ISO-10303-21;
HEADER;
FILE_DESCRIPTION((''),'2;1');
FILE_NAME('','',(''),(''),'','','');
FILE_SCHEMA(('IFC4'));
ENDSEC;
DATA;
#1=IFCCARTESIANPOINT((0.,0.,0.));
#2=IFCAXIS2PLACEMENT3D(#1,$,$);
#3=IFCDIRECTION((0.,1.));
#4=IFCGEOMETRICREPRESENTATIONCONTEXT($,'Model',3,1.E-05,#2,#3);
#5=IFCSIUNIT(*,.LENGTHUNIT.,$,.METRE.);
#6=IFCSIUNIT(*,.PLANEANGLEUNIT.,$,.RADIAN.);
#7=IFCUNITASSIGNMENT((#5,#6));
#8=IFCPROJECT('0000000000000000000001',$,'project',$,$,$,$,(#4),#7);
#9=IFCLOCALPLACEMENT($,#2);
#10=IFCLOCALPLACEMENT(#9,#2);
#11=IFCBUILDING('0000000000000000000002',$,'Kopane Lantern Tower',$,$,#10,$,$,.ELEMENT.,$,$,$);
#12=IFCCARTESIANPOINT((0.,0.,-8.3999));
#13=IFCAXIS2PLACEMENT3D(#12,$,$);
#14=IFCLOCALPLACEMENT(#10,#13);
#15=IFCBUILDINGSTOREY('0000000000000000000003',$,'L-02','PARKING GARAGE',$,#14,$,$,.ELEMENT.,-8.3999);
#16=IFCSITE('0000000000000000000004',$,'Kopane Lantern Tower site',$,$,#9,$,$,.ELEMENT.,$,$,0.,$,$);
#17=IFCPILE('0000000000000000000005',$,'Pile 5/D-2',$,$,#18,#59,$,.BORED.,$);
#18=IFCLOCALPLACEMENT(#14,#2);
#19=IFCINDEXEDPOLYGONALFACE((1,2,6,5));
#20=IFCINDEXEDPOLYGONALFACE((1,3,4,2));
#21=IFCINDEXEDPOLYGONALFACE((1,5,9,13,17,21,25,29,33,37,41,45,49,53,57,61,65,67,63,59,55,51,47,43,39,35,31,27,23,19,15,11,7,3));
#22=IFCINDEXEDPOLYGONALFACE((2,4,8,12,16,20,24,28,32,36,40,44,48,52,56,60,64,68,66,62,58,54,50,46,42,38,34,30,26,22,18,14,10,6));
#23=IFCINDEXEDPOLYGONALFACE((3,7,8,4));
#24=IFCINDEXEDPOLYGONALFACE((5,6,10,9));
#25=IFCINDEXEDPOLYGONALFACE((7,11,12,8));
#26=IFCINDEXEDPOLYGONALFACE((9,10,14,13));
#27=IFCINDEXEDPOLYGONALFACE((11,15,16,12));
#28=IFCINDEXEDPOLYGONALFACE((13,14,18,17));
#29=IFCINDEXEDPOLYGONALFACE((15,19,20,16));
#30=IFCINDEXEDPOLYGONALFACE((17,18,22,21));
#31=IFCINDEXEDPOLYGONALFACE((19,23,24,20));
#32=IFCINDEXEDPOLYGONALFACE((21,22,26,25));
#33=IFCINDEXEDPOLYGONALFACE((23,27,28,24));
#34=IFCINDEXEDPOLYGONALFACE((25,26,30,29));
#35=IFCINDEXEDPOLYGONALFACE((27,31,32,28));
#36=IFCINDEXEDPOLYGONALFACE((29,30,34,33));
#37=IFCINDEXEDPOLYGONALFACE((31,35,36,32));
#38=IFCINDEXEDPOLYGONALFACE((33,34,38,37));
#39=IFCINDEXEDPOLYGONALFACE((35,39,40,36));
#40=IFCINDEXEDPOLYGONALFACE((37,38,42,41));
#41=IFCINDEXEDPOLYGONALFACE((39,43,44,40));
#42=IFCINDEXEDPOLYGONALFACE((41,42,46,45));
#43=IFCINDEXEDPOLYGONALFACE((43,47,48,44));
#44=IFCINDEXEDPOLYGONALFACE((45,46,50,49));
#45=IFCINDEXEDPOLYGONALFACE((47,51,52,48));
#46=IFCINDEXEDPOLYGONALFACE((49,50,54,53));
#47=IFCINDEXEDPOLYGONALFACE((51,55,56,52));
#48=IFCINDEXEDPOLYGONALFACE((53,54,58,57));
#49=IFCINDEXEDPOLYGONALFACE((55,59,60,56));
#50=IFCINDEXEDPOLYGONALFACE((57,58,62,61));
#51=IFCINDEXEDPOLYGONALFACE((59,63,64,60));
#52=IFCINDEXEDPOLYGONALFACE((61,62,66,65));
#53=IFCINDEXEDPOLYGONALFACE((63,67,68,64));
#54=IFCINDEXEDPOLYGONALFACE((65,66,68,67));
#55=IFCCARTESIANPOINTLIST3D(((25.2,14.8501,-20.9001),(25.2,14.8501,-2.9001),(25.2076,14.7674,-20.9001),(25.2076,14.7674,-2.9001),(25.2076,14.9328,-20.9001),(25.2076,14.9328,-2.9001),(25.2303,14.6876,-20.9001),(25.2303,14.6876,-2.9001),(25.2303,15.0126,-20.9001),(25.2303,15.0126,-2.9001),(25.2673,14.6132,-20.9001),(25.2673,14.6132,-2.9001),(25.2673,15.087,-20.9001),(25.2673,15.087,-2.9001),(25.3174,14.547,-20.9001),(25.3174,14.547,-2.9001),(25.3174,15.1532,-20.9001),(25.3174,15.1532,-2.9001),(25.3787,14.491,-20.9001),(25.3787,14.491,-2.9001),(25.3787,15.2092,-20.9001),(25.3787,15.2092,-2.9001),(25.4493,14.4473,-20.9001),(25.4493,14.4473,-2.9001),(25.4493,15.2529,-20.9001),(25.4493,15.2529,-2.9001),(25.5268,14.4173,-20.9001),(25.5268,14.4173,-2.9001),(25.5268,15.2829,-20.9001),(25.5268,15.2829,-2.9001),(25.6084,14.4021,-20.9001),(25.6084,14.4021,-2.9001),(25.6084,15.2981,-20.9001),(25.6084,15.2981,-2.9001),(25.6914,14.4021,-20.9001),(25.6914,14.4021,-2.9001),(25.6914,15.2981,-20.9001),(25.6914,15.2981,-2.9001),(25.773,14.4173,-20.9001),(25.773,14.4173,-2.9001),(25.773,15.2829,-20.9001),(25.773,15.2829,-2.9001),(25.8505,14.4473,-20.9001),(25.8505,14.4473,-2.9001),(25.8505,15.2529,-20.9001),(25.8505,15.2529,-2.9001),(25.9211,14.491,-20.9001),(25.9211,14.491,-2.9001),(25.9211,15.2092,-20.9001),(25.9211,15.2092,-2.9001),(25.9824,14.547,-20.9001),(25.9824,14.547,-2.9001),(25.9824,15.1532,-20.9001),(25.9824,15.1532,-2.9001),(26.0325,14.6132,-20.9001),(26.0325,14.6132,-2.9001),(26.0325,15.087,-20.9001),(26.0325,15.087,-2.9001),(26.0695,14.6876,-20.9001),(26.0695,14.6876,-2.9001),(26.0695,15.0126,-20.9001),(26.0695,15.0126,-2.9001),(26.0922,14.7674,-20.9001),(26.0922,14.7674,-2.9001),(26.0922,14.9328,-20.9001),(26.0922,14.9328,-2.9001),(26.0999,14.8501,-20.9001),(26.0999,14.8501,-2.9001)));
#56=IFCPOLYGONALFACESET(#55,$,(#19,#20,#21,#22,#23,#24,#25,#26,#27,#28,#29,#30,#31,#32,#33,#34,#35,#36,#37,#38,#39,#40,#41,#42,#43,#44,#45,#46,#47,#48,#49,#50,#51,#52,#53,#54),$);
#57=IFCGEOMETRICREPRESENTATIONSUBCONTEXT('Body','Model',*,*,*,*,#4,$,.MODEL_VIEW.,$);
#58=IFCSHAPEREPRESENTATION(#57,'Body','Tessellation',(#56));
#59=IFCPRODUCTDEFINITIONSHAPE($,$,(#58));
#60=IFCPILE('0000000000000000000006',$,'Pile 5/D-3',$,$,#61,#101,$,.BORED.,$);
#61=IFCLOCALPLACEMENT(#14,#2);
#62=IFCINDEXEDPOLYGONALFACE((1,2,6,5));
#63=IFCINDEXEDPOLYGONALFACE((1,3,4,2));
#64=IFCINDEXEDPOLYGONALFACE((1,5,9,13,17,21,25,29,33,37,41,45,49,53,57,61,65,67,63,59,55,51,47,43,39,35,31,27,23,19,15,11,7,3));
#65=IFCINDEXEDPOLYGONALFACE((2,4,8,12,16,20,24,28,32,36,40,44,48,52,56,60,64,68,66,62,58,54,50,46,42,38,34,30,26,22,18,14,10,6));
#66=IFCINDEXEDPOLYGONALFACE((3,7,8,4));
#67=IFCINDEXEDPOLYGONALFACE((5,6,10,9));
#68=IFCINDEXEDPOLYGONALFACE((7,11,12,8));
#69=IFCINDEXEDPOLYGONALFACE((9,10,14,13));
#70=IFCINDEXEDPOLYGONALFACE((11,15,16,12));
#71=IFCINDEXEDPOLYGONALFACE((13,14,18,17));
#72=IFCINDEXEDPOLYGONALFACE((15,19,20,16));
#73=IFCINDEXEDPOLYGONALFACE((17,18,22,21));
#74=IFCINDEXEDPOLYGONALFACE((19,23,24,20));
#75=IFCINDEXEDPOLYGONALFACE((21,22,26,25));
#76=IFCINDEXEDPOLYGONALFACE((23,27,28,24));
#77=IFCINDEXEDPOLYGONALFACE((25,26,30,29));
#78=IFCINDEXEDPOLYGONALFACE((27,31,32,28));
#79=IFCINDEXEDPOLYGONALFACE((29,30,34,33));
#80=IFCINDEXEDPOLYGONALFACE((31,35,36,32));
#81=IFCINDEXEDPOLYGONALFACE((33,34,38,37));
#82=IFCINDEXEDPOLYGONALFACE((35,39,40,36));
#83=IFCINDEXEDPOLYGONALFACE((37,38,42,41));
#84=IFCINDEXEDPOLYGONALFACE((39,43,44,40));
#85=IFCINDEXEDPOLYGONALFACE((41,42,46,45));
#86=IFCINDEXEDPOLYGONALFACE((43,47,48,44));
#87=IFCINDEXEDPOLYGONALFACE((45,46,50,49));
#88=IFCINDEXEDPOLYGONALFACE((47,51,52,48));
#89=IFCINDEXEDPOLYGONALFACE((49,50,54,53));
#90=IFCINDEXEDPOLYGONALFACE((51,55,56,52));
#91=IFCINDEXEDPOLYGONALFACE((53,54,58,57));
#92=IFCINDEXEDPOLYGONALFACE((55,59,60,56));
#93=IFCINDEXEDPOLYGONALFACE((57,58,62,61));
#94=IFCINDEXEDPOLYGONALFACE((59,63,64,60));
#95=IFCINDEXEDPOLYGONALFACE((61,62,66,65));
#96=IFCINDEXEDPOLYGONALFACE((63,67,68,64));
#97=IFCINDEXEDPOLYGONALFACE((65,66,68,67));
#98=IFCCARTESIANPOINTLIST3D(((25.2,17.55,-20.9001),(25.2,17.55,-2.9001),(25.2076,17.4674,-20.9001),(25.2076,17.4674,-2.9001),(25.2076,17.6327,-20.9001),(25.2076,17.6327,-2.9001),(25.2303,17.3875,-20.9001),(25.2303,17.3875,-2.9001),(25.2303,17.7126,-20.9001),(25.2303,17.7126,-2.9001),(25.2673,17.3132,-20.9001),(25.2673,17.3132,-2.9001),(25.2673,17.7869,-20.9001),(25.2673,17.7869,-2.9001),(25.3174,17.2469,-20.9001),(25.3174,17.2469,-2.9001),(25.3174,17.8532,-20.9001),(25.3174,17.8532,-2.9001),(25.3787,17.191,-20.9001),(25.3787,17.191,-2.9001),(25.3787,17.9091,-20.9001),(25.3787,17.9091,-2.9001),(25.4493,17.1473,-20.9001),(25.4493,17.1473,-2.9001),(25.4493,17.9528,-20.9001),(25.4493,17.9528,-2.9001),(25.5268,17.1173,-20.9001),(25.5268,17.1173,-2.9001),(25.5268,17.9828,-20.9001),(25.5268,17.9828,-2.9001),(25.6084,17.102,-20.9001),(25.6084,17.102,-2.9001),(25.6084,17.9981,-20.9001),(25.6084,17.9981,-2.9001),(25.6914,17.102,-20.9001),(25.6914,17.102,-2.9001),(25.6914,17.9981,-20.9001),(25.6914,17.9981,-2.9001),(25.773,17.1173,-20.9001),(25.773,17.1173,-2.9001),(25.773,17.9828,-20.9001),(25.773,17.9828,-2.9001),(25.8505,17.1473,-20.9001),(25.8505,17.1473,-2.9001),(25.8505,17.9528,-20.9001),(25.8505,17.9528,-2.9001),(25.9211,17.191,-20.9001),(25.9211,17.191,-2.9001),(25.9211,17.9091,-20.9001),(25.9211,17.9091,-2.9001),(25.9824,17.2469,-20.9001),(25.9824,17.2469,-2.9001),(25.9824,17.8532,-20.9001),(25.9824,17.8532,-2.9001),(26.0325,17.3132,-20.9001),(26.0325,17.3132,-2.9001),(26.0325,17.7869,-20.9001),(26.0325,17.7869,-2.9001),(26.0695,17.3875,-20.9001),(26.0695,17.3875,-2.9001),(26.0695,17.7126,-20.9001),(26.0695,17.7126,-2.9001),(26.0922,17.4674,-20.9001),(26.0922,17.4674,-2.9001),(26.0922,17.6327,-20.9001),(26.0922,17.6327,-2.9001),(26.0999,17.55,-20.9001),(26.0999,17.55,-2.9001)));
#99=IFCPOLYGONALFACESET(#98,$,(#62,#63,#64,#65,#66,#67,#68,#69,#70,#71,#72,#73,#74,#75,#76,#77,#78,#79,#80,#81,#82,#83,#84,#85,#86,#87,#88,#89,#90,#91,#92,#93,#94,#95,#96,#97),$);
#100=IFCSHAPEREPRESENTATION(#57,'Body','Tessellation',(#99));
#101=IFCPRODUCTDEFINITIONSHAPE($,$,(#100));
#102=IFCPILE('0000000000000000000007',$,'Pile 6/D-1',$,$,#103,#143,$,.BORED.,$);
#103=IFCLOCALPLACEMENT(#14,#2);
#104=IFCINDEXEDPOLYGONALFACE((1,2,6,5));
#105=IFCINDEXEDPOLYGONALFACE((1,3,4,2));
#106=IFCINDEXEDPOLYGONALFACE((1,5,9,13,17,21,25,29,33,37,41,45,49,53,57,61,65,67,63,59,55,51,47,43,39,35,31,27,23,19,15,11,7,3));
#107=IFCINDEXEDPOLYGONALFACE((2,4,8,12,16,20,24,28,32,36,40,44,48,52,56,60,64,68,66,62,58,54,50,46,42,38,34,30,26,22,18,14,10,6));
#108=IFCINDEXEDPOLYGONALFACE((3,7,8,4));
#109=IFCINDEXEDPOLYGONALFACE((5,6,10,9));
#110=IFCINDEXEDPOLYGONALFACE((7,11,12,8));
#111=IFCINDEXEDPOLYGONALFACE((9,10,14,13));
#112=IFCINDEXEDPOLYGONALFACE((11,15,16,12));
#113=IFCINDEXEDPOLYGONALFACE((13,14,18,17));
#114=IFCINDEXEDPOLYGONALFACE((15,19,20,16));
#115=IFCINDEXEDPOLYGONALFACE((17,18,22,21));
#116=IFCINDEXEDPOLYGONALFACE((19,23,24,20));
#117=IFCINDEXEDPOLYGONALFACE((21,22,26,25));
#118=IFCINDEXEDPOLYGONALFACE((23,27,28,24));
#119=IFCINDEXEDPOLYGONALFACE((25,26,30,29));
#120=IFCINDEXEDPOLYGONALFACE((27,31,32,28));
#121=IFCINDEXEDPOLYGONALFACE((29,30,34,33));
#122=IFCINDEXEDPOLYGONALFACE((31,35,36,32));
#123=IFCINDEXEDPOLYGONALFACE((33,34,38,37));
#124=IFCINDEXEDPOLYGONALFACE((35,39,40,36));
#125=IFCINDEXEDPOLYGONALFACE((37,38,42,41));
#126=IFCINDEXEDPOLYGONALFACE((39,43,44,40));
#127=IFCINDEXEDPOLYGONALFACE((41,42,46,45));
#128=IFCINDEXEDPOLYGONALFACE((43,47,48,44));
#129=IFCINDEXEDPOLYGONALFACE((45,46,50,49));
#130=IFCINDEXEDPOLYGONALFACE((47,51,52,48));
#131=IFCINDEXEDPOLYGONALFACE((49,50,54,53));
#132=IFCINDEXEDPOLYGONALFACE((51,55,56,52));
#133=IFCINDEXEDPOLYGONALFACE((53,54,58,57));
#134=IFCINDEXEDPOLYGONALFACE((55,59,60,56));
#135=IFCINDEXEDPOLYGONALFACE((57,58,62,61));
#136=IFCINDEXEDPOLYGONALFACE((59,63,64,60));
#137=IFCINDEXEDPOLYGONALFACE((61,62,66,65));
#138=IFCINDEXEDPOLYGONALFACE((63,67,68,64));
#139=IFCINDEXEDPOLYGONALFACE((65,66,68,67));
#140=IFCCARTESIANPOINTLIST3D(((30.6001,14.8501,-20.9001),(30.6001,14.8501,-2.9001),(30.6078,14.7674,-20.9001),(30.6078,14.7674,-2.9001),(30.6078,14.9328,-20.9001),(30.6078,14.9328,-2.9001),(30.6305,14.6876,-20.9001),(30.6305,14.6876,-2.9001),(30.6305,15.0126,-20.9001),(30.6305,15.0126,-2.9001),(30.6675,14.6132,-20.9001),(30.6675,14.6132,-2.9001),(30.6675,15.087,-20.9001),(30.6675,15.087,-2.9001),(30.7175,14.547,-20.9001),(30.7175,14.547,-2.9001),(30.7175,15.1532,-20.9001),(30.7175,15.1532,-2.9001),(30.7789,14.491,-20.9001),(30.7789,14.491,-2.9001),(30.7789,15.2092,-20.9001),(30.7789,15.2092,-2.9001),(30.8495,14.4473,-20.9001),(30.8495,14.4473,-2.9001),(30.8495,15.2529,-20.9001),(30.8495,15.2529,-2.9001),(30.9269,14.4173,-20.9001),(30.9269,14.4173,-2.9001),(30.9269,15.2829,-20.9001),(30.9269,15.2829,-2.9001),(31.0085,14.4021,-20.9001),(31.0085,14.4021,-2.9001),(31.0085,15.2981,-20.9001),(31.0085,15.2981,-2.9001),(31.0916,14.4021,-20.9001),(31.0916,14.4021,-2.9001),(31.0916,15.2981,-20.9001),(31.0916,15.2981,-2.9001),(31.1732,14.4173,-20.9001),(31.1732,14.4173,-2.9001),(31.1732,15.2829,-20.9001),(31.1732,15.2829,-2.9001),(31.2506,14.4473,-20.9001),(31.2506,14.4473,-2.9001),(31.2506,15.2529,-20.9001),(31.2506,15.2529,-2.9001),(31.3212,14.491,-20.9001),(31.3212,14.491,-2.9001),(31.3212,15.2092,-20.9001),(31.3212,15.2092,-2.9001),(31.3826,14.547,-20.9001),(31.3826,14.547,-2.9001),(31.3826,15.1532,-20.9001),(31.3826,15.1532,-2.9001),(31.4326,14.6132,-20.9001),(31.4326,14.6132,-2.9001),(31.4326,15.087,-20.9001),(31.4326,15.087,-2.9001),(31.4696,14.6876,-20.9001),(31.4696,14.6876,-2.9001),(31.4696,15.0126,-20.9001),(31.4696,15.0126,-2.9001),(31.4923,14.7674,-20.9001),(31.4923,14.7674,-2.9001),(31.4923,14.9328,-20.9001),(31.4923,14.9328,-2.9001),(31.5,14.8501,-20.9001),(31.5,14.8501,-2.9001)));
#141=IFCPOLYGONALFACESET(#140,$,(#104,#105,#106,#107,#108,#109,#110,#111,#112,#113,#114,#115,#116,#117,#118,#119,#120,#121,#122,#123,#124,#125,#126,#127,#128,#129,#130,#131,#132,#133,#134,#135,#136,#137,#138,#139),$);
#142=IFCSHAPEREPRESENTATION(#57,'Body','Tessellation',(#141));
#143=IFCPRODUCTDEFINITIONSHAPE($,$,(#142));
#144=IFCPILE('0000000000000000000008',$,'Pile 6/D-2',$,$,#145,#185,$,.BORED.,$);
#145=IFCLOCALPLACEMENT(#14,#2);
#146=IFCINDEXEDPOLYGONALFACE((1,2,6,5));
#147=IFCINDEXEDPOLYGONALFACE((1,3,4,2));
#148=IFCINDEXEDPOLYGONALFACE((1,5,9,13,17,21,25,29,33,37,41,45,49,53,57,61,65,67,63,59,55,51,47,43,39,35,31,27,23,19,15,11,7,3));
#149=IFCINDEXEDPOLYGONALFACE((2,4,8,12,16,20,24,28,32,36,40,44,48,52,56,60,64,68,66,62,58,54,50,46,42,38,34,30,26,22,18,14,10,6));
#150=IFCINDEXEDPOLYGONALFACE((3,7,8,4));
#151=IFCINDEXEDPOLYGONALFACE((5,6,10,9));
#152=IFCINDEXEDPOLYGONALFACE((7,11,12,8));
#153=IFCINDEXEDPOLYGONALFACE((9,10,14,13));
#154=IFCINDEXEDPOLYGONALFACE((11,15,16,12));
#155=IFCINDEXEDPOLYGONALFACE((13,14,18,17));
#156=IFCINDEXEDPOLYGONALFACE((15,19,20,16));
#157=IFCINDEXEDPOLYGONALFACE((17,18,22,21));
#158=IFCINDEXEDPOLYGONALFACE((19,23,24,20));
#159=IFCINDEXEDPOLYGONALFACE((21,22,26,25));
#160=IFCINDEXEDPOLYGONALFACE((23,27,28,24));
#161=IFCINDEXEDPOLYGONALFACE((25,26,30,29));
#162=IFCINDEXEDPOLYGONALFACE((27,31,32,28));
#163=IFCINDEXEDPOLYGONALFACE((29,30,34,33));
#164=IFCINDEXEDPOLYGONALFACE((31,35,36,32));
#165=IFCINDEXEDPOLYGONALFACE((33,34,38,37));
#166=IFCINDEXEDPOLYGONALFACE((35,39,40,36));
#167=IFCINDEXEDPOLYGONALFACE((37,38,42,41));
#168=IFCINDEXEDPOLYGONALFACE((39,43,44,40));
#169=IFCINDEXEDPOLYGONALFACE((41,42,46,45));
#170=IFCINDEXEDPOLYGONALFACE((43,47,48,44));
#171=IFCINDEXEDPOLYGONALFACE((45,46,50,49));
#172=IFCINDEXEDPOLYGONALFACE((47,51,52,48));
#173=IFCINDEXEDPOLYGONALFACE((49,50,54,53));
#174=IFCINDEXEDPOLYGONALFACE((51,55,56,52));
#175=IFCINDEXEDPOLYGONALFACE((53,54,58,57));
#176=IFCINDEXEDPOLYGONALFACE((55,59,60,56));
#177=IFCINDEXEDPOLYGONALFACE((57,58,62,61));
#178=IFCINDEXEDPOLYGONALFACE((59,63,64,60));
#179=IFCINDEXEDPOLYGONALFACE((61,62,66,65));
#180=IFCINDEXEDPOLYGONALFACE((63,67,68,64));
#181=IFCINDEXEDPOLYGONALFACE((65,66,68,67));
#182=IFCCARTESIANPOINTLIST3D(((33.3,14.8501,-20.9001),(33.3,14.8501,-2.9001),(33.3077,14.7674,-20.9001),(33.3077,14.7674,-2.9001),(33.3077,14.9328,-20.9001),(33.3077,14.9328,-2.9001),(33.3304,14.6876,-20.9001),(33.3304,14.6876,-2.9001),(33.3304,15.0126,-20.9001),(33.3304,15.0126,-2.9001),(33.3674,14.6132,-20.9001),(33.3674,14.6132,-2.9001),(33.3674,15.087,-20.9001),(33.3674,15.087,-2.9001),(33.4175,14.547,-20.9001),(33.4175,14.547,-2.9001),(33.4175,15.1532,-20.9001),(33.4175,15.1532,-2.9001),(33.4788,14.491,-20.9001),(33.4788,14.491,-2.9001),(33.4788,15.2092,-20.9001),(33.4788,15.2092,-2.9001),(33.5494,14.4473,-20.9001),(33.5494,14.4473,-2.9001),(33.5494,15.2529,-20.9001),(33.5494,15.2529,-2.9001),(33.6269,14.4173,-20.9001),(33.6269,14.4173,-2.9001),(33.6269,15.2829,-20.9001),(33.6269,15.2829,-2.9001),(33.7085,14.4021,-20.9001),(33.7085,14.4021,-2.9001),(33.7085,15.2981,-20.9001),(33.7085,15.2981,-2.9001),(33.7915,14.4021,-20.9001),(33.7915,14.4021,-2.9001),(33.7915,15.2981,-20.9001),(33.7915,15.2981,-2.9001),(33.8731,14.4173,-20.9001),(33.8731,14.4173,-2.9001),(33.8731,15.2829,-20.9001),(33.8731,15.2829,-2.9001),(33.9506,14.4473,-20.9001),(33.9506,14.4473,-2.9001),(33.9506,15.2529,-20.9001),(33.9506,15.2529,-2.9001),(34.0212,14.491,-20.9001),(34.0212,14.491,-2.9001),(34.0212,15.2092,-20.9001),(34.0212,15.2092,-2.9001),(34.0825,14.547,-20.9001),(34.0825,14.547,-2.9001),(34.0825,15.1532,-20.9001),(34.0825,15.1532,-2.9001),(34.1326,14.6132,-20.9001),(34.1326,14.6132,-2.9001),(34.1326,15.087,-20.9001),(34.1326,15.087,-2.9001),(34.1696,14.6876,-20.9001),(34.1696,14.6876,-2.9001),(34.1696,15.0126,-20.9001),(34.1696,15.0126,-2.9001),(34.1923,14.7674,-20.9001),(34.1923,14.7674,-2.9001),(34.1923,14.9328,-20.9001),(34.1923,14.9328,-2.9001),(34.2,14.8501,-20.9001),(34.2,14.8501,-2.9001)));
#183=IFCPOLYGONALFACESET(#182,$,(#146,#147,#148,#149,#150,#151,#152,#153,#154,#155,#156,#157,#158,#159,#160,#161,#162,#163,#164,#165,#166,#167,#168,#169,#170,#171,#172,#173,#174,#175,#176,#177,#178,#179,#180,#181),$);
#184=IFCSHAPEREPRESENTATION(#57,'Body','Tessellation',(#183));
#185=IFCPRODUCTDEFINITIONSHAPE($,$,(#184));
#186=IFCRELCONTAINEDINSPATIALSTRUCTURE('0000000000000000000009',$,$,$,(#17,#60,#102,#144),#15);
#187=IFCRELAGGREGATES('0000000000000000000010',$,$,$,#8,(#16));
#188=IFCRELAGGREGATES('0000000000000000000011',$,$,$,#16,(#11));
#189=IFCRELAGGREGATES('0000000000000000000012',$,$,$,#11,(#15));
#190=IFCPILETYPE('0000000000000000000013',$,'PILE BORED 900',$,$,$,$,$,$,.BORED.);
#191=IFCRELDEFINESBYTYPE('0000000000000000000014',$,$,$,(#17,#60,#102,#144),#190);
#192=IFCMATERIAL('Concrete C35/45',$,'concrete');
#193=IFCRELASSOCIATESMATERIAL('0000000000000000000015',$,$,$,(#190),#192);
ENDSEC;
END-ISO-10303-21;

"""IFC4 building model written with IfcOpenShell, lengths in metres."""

from ifc_helpers import new_model, si_unit, direction, frame, origin, origin_2d, place, context, subcontext, project, spatial, circle, extrude, material, material_profile, profile_set, type_object, element, save


model = new_model("IFC4")

# Units and contexts
model_context = context("Model", 3, precision=1e-05, world=origin(), true_north=direction((0.0, 1.0)))
body_context = subcontext(model_context, "Body", "Model", "MODEL_VIEW")
ifc_project = project(units=[si_unit("LENGTHUNIT", "METRE"), si_unit("PLANEANGLEUNIT", "RADIAN")], contexts=[model_context])

# Site, building, storey
site_placement = place(None, origin())
site = spatial("IfcSite", under=ifc_project, at=site_placement, Name="Kopane Lantern Tower site", CompositionType="ELEMENT", RefElevation=0.0)
building_placement = place(site_placement, origin())
building = spatial("IfcBuilding", under=site, at=building_placement, Name="Kopane Lantern Tower", CompositionType="ELEMENT")
storey_placement = place(building_placement, frame((0.0, 0.0, -8.3999)))
storey = spatial("IfcBuildingStorey", under=building, at=storey_placement, Name="L-02", Description="PARKING GARAGE", CompositionType="ELEMENT", Elevation=-8.3999)

# Piles
ifc_material_1 = material(Name="Concrete C35/45", Category="concrete")
ifc_material_profile_1 = material_profile(ifc_material_1, circle(Radius=0.45, at=origin_2d()), Name="D900")
ifc_profile_set_1 = profile_set([ifc_material_profile_1], Name="Concrete C35/45")
pile_type_1 = type_object("IfcPileType", Name="PILE BORED 900", PredefinedType="BORED", material=ifc_profile_set_1)
for number, where, z_axis, x_axis, name in (
    (1, (25.6499, 14.8501, -2.9001), (0.0, 0.0, -1.0), (1.0, 0.0, 0.0), "Pile 5/D-2"),
    (2, (25.6499, 17.55, -2.9001), (0.0, 0.0, -1.0), (1.0, 0.0, 0.0), "Pile 5/D-3"),
    (3, (31.05, 14.8501, -2.9001), (0.0, 0.0, -1.0), (1.0, 0.0, 0.0), "Pile 6/D-1"),
    (4, (33.75, 14.8501, -2.9001), (0.0, 0.0, -1.0), (1.0, 0.0, 0.0), "Pile 6/D-2"),
):
    element("IfcPile", number, at=place(storey_placement, frame(where, z_axis=z_axis, x_axis=x_axis)), inside=storey, type_object=pile_type_1, Name=name, PredefinedType="BORED", context=body_context, shape_type="SweptSolid", body=[
        extrude(circle(Radius=0.45, at=origin_2d()), origin(), (0.0, 0.0, 1.0), 18.0),
    ])

save(model, "model.ifc")
